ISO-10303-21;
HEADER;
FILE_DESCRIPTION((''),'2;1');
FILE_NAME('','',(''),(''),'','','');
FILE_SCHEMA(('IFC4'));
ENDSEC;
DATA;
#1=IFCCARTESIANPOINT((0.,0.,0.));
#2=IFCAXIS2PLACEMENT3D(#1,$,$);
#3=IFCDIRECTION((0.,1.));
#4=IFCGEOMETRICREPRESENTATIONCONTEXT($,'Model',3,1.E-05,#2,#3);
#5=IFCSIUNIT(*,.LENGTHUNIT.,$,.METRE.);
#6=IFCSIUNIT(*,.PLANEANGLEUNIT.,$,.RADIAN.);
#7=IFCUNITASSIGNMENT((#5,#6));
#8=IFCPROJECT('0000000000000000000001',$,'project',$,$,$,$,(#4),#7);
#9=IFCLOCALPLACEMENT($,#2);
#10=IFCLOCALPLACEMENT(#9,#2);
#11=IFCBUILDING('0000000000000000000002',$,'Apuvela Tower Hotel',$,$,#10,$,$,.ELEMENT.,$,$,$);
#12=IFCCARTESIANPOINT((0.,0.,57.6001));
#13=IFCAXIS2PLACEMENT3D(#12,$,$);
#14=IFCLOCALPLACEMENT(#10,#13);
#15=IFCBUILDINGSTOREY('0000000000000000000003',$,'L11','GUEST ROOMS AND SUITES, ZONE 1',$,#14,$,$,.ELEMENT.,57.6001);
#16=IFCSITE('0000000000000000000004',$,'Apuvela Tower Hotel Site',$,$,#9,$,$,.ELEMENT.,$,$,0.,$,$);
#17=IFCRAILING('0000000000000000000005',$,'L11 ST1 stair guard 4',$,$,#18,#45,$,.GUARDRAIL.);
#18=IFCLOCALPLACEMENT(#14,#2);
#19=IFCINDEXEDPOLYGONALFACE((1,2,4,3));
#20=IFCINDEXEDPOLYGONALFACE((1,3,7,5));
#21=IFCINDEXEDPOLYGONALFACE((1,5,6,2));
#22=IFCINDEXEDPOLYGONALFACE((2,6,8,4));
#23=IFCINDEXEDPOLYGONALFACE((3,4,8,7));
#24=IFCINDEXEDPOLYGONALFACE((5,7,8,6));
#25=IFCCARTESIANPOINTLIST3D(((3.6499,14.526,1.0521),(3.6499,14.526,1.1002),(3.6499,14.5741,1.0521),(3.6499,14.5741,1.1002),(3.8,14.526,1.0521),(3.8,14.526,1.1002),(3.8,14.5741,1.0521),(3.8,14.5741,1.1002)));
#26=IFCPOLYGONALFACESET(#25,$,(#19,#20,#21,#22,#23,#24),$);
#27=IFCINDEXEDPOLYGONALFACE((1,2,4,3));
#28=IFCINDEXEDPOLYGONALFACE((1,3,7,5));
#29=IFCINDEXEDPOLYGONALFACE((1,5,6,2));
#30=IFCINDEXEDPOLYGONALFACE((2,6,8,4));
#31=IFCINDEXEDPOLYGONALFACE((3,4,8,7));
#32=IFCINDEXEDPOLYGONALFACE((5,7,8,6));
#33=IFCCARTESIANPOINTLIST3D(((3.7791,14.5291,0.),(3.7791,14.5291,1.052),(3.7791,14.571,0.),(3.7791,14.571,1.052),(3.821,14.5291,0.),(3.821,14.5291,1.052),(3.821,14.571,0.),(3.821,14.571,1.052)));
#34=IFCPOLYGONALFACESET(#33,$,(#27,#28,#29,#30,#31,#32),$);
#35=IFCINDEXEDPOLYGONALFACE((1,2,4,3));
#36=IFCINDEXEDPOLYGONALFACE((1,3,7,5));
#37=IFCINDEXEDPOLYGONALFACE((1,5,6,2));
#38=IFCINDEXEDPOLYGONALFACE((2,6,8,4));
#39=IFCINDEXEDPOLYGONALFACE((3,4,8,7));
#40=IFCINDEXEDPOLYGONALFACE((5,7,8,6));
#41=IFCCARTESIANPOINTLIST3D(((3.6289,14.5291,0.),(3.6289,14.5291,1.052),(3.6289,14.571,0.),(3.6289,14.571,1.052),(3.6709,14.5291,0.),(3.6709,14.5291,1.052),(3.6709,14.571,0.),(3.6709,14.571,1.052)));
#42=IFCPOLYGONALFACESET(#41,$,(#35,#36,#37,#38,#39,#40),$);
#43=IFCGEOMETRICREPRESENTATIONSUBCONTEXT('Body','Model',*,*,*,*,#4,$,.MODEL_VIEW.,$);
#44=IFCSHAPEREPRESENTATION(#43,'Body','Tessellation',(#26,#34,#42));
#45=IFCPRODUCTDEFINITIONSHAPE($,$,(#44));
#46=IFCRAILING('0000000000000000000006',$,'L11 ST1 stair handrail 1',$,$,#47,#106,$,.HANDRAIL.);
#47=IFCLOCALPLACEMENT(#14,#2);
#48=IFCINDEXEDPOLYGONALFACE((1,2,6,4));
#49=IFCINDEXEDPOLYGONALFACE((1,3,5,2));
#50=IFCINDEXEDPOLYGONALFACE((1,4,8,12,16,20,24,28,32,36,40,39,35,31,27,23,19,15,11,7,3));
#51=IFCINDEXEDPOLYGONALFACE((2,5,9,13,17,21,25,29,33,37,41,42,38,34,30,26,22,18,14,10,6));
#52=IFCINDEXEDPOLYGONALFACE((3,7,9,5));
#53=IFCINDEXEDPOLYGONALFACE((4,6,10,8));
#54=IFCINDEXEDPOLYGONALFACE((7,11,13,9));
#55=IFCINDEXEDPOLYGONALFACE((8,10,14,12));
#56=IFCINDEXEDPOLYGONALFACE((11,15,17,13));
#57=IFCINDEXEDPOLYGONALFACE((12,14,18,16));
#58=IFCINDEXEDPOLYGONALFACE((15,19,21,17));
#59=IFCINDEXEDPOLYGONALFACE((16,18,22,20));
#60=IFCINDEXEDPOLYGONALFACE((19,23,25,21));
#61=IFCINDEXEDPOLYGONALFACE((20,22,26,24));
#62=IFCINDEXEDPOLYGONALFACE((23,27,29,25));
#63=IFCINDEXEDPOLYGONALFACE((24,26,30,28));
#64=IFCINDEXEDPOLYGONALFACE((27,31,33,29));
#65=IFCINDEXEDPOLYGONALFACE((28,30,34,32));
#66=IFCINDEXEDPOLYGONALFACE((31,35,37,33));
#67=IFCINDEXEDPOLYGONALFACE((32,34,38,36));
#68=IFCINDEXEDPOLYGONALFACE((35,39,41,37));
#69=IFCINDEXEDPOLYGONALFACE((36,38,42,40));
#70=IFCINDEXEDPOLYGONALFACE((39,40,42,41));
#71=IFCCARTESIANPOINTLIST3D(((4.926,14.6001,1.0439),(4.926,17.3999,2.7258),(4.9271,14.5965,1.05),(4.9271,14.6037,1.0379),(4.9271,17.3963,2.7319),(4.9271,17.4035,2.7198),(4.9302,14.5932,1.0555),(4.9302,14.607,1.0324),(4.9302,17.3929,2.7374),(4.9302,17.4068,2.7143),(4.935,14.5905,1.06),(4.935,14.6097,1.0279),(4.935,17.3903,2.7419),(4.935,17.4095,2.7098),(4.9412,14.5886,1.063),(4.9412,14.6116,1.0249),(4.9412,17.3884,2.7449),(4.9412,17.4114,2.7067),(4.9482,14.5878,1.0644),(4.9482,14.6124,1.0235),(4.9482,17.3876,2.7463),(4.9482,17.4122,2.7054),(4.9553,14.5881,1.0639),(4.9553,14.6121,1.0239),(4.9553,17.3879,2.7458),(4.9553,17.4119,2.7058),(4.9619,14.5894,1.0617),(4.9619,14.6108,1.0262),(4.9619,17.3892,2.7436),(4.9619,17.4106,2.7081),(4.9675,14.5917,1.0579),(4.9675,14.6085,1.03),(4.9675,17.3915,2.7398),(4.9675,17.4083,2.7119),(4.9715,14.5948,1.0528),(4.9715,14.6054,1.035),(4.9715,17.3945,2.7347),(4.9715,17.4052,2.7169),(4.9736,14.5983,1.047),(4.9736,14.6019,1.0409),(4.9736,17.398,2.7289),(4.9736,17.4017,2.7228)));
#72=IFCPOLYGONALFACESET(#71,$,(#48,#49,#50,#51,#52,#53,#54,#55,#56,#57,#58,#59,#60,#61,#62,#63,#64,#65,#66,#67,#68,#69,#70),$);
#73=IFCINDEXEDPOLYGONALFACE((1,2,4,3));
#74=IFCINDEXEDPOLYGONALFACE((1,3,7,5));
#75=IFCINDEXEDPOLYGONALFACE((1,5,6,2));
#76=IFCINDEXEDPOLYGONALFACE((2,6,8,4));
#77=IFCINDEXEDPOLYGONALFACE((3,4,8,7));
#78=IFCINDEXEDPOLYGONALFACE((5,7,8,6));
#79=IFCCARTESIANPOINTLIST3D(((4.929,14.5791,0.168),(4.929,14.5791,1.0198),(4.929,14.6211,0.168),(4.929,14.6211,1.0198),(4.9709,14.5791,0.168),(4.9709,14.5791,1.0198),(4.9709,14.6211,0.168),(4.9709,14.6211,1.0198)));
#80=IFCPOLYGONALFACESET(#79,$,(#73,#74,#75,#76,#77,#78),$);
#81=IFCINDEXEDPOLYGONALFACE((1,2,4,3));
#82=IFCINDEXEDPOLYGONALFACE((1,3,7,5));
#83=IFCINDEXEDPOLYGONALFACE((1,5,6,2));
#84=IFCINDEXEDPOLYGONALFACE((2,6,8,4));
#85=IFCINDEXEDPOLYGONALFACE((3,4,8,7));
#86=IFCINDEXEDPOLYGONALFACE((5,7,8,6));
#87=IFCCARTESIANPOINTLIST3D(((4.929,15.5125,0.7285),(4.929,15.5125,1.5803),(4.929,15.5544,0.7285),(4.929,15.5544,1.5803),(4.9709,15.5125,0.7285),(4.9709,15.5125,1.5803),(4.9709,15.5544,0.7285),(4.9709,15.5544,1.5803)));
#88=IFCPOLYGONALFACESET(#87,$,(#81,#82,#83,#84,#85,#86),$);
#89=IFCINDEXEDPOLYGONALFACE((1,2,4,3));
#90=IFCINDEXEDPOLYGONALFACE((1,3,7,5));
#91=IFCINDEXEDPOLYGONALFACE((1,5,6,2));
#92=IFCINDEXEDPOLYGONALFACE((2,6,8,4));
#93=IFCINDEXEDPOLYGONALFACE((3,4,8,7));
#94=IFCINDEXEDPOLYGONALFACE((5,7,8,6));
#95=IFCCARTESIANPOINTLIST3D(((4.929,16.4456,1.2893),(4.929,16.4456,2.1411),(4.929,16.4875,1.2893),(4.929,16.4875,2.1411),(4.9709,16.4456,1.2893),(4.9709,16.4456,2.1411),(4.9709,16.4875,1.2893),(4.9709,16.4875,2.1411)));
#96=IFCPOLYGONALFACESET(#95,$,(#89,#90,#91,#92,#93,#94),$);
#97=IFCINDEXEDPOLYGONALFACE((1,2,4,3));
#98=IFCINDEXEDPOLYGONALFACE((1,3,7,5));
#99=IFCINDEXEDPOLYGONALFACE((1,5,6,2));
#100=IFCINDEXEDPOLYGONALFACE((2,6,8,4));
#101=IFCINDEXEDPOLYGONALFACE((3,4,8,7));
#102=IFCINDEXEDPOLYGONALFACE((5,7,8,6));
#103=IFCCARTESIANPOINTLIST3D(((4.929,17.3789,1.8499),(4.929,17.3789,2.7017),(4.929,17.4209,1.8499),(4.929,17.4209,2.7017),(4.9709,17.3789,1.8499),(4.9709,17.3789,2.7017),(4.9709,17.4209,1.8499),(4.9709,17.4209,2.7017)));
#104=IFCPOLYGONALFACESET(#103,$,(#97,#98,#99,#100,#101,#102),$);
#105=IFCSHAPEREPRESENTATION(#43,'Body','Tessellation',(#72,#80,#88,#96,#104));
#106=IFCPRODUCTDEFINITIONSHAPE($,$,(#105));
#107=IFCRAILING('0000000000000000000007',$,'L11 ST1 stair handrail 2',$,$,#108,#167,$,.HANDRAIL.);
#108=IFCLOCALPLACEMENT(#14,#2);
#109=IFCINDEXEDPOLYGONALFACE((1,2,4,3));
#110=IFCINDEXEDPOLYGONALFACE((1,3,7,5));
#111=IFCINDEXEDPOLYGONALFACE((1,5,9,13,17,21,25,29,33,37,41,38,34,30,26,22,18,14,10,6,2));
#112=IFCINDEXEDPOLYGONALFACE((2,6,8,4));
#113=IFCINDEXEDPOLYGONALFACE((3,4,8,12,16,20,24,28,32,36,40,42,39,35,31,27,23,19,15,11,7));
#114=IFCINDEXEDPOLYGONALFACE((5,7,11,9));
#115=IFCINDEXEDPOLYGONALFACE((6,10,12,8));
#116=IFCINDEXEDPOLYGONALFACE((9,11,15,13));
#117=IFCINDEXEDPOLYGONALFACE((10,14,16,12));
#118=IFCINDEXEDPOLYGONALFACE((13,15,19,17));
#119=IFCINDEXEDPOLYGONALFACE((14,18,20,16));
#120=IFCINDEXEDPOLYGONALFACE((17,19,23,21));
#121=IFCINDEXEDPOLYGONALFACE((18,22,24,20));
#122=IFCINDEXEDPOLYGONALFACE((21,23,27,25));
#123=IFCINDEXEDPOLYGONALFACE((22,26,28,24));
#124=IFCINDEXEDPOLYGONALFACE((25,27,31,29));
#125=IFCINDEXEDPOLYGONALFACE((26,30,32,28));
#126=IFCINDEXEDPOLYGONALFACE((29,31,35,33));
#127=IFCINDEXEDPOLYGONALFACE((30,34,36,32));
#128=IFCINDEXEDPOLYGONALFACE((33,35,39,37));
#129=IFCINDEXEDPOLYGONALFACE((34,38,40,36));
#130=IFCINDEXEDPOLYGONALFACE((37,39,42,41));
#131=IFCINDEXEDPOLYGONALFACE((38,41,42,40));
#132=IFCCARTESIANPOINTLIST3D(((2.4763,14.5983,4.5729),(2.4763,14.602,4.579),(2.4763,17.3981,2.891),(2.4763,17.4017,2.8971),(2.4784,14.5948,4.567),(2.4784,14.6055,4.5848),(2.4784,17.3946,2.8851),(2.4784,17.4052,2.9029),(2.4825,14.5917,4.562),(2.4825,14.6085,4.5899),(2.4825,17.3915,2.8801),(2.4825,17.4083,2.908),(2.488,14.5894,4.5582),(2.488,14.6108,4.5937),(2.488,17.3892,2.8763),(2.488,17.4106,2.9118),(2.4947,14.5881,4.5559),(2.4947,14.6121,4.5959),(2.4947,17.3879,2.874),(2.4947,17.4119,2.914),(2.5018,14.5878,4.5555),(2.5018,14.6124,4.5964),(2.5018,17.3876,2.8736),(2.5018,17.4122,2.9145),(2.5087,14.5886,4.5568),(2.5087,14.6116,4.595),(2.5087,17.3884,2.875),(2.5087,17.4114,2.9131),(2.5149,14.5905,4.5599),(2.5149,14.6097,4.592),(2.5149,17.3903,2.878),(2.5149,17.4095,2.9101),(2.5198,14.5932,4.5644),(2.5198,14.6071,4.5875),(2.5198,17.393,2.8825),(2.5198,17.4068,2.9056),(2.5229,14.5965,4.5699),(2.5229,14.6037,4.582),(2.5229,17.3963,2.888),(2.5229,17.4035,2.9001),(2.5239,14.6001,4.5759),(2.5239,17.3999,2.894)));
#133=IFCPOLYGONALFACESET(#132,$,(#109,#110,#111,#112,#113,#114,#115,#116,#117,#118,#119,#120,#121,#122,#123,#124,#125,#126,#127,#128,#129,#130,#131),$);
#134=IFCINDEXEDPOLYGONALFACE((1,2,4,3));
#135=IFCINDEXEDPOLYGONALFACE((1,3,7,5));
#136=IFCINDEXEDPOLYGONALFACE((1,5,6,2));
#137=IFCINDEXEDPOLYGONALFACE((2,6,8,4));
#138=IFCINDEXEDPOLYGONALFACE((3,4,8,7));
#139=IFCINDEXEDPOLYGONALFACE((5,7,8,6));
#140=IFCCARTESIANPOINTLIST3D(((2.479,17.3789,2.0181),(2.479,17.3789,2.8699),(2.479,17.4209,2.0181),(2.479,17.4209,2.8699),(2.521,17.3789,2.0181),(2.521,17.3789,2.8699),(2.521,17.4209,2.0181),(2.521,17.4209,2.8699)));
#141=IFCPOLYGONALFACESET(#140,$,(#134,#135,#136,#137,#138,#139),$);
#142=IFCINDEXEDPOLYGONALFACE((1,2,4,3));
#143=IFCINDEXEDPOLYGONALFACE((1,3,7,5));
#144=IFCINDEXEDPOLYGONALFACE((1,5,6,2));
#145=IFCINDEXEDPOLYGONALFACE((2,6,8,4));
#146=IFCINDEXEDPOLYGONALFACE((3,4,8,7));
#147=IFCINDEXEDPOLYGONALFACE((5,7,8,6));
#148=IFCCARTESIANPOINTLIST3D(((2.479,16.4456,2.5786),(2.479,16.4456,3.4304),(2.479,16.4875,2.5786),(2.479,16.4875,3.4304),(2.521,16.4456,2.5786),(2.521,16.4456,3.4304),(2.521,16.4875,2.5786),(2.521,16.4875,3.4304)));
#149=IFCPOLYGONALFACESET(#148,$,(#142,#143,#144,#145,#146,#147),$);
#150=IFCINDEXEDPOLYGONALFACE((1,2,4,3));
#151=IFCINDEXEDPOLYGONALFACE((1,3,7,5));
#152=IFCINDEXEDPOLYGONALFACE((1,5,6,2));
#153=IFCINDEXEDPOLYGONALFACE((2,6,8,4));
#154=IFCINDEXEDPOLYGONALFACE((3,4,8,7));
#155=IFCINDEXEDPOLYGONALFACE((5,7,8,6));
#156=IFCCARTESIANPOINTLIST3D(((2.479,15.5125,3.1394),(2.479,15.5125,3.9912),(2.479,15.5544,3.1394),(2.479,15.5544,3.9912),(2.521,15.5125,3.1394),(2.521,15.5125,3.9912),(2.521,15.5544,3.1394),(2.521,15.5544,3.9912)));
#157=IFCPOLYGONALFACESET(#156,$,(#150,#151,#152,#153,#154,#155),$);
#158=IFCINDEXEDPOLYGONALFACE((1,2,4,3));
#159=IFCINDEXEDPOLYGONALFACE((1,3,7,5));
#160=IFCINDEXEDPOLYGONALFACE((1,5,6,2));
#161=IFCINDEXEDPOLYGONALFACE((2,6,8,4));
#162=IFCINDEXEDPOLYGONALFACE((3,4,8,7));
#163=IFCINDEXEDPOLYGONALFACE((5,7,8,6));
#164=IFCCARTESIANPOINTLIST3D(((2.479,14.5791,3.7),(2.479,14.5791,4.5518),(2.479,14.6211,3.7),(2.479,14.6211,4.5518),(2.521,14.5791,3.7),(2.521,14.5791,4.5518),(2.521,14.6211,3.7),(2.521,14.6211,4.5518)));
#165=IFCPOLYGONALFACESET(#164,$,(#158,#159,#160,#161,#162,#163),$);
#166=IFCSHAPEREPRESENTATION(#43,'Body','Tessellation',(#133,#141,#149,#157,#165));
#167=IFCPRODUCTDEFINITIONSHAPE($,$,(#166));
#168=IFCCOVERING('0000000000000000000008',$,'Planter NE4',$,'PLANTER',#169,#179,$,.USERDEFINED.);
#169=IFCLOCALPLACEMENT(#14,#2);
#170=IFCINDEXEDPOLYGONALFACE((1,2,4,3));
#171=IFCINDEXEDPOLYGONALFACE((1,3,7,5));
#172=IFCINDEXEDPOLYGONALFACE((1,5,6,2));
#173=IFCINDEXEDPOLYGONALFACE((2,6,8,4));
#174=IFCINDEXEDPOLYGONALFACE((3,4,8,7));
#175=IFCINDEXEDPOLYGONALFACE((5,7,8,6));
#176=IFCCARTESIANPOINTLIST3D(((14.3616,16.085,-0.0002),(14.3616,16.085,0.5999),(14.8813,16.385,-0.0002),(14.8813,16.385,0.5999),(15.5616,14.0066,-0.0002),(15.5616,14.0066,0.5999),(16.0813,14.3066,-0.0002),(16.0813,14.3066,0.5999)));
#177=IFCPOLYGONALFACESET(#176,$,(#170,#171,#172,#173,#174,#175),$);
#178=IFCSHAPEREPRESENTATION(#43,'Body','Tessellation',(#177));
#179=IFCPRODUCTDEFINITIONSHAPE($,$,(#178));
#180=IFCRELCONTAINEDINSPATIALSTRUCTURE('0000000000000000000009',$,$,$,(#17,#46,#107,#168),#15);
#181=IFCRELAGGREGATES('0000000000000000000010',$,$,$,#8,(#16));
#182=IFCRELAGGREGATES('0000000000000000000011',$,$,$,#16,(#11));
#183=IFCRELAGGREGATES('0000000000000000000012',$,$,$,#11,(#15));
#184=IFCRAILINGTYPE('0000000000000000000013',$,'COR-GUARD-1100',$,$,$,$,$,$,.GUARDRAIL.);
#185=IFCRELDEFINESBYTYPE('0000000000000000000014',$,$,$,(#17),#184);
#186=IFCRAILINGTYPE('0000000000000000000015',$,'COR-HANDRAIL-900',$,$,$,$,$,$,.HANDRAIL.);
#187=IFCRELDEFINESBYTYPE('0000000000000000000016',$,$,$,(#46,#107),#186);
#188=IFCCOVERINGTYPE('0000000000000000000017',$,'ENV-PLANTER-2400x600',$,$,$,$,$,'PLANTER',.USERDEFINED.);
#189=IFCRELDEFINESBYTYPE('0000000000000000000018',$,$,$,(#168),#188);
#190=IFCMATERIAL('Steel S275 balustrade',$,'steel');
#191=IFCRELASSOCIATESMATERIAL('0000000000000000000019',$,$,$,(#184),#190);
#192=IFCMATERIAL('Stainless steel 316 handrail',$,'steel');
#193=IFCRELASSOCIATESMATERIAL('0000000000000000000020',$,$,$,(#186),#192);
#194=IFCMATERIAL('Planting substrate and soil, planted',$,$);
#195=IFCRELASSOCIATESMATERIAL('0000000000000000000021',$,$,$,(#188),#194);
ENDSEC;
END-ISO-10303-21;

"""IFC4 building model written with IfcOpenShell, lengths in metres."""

from ifc_helpers import new_model, si_unit, direction, frame, origin, origin_2d, place, context, subcontext, project, spatial, rectangle, circle, extrude, material, type_object, element, save


model = new_model("IFC4")

# Units and contexts
model_context = context("Model", 3, precision=1e-05, world=origin(), true_north=direction((0.0, 1.0)))
body_context = subcontext(model_context, "Body", "Model", "MODEL_VIEW")
ifc_project = project(units=[si_unit("LENGTHUNIT", "METRE"), si_unit("PLANEANGLEUNIT", "RADIAN")], contexts=[model_context])

# Site, building, storey
site_placement = place(None, origin())
site = spatial("IfcSite", under=ifc_project, at=site_placement, Name="Apuvela Tower Hotel Site", CompositionType="ELEMENT", RefElevation=0.0)
building_placement = place(site_placement, origin())
building = spatial("IfcBuilding", under=site, at=building_placement, Name="Apuvela Tower Hotel", CompositionType="ELEMENT")
storey_placement = place(building_placement, frame((0.0, 0.0, 57.6001)))
storey = spatial("IfcBuildingStorey", under=building, at=storey_placement, Name="L11", Description="GUEST ROOMS AND SUITES, ZONE 1", CompositionType="ELEMENT", Elevation=57.6001)

# Railings
ifc_material_1 = material(Name="Steel S275 balustrade", Category="steel")
railing_type_1 = type_object("IfcRailingType", Name="COR-GUARD-1100", PredefinedType="GUARDRAIL", material=ifc_material_1)
railing_1_placement = place(storey_placement, frame((3.8, 14.55, 0.0)))
element("IfcRailing", 1, at=railing_1_placement, inside=storey, type_object=railing_type_1, Name="L11 ST1 stair guard 4", PredefinedType="GUARDRAIL", context=body_context, shape_type="SweptSolid", body=[
    extrude(rectangle(XDim=0.0481, YDim=0.0481, at=origin_2d()), frame((0.0, 0.0, 1.0762), z_axis=(-1.0, 0.0, 0.0), x_axis=(0.0, -1.0, 0.0)), (0.0, 0.0, 1.0), 0.1501),
    extrude(rectangle(XDim=0.042, YDim=0.042, at=origin_2d()), origin(), (0.0, 0.0, 1.0), 1.052),
    extrude(rectangle(XDim=0.042, YDim=0.042, at=origin_2d()), frame((-0.1501, 0.0, 0.0)), (0.0, 0.0, 1.0), 1.052),
])
ifc_material_2 = material(Name="Stainless steel 316 handrail", Category="steel")
railing_type_2 = type_object("IfcRailingType", Name="COR-HANDRAIL-900", PredefinedType="HANDRAIL", material=ifc_material_2)
railing_2_placement = place(storey_placement, frame((4.95, 14.6001, 0.168)))
element("IfcRailing", 2, at=railing_2_placement, inside=storey, type_object=railing_type_2, Name="L11 ST1 stair handrail 1", PredefinedType="HANDRAIL", context=body_context, shape_type="SweptSolid", body=[
    extrude(circle(Radius=0.0239, at=origin_2d()), frame((0.0, 0.0, 0.876), z_axis=(0.0, 0.857222, 0.514946), x_axis=(-1.0, 0.0, 0.0)), (0.0, 0.0, 1.0), 3.2661),
    extrude(rectangle(XDim=0.042, YDim=0.042, at=origin_2d()), origin(), (0.0, 0.0, 1.0), 0.8518),
    extrude(rectangle(XDim=0.042, YDim=0.042, at=origin_2d()), frame((0.0, 0.9333, 0.5605)), (0.0, 0.0, 1.0), 0.8518),
    extrude(rectangle(XDim=0.042, YDim=0.042, at=origin_2d()), frame((0.0, 1.8665, 1.1213)), (0.0, 0.0, 1.0), 0.8518),
    extrude(rectangle(XDim=0.042, YDim=0.042, at=origin_2d()), frame((0.0, 2.7998, 1.6819)), (0.0, 0.0, 1.0), 0.8518),
])
railing_3_placement = place(storey_placement, frame((2.5, 17.3999, 2.0181)))
element("IfcRailing", 3, at=railing_3_placement, inside=storey, type_object=railing_type_2, Name="L11 ST1 stair handrail 2", PredefinedType="HANDRAIL", context=body_context, shape_type="SweptSolid", body=[
    extrude(circle(Radius=0.0239, at=origin_2d()), frame((0.0, 0.0, 0.876), z_axis=(0.0, -0.857222, 0.514946), x_axis=(1.0, 0.0, 0.0)), (0.0, 0.0, 1.0), 3.2661),
    extrude(rectangle(XDim=0.042, YDim=0.042, at=origin_2d()), origin(), (0.0, 0.0, 1.0), 0.8518),
    extrude(rectangle(XDim=0.042, YDim=0.042, at=origin_2d()), frame((0.0, -0.9333, 0.5605)), (0.0, 0.0, 1.0), 0.8518),
    extrude(rectangle(XDim=0.042, YDim=0.042, at=origin_2d()), frame((0.0, -1.8665, 1.1213)), (0.0, 0.0, 1.0), 0.8518),
    extrude(rectangle(XDim=0.042, YDim=0.042, at=origin_2d()), frame((0.0, -2.7998, 1.6819)), (0.0, 0.0, 1.0), 0.8518),
])

# Covering
ifc_material_3 = material(Name="Planting substrate and soil, planted")
covering_type = type_object("IfcCoveringType", Name="ENV-PLANTER-2400x600", ElementType="PLANTER", PredefinedType="USERDEFINED", material=ifc_material_3)
covering_placement = place(storey_placement, frame((15.2214, 15.1958, -0.0002), z_axis=(0.0, 0.0, 1.0), x_axis=(-0.5, 0.866025, 0.0)))
element("IfcCovering", 4, at=covering_placement, inside=storey, type_object=covering_type, Name="Planter NE4", ObjectType="PLANTER", PredefinedType="USERDEFINED", context=body_context, shape_type="SweptSolid", body=[
    extrude(rectangle(XDim=2.3999, YDim=0.6001, at=origin_2d()), origin(), (0.0, 0.0, 1.0), 0.6001),
])

save(model, "model.ifc")
